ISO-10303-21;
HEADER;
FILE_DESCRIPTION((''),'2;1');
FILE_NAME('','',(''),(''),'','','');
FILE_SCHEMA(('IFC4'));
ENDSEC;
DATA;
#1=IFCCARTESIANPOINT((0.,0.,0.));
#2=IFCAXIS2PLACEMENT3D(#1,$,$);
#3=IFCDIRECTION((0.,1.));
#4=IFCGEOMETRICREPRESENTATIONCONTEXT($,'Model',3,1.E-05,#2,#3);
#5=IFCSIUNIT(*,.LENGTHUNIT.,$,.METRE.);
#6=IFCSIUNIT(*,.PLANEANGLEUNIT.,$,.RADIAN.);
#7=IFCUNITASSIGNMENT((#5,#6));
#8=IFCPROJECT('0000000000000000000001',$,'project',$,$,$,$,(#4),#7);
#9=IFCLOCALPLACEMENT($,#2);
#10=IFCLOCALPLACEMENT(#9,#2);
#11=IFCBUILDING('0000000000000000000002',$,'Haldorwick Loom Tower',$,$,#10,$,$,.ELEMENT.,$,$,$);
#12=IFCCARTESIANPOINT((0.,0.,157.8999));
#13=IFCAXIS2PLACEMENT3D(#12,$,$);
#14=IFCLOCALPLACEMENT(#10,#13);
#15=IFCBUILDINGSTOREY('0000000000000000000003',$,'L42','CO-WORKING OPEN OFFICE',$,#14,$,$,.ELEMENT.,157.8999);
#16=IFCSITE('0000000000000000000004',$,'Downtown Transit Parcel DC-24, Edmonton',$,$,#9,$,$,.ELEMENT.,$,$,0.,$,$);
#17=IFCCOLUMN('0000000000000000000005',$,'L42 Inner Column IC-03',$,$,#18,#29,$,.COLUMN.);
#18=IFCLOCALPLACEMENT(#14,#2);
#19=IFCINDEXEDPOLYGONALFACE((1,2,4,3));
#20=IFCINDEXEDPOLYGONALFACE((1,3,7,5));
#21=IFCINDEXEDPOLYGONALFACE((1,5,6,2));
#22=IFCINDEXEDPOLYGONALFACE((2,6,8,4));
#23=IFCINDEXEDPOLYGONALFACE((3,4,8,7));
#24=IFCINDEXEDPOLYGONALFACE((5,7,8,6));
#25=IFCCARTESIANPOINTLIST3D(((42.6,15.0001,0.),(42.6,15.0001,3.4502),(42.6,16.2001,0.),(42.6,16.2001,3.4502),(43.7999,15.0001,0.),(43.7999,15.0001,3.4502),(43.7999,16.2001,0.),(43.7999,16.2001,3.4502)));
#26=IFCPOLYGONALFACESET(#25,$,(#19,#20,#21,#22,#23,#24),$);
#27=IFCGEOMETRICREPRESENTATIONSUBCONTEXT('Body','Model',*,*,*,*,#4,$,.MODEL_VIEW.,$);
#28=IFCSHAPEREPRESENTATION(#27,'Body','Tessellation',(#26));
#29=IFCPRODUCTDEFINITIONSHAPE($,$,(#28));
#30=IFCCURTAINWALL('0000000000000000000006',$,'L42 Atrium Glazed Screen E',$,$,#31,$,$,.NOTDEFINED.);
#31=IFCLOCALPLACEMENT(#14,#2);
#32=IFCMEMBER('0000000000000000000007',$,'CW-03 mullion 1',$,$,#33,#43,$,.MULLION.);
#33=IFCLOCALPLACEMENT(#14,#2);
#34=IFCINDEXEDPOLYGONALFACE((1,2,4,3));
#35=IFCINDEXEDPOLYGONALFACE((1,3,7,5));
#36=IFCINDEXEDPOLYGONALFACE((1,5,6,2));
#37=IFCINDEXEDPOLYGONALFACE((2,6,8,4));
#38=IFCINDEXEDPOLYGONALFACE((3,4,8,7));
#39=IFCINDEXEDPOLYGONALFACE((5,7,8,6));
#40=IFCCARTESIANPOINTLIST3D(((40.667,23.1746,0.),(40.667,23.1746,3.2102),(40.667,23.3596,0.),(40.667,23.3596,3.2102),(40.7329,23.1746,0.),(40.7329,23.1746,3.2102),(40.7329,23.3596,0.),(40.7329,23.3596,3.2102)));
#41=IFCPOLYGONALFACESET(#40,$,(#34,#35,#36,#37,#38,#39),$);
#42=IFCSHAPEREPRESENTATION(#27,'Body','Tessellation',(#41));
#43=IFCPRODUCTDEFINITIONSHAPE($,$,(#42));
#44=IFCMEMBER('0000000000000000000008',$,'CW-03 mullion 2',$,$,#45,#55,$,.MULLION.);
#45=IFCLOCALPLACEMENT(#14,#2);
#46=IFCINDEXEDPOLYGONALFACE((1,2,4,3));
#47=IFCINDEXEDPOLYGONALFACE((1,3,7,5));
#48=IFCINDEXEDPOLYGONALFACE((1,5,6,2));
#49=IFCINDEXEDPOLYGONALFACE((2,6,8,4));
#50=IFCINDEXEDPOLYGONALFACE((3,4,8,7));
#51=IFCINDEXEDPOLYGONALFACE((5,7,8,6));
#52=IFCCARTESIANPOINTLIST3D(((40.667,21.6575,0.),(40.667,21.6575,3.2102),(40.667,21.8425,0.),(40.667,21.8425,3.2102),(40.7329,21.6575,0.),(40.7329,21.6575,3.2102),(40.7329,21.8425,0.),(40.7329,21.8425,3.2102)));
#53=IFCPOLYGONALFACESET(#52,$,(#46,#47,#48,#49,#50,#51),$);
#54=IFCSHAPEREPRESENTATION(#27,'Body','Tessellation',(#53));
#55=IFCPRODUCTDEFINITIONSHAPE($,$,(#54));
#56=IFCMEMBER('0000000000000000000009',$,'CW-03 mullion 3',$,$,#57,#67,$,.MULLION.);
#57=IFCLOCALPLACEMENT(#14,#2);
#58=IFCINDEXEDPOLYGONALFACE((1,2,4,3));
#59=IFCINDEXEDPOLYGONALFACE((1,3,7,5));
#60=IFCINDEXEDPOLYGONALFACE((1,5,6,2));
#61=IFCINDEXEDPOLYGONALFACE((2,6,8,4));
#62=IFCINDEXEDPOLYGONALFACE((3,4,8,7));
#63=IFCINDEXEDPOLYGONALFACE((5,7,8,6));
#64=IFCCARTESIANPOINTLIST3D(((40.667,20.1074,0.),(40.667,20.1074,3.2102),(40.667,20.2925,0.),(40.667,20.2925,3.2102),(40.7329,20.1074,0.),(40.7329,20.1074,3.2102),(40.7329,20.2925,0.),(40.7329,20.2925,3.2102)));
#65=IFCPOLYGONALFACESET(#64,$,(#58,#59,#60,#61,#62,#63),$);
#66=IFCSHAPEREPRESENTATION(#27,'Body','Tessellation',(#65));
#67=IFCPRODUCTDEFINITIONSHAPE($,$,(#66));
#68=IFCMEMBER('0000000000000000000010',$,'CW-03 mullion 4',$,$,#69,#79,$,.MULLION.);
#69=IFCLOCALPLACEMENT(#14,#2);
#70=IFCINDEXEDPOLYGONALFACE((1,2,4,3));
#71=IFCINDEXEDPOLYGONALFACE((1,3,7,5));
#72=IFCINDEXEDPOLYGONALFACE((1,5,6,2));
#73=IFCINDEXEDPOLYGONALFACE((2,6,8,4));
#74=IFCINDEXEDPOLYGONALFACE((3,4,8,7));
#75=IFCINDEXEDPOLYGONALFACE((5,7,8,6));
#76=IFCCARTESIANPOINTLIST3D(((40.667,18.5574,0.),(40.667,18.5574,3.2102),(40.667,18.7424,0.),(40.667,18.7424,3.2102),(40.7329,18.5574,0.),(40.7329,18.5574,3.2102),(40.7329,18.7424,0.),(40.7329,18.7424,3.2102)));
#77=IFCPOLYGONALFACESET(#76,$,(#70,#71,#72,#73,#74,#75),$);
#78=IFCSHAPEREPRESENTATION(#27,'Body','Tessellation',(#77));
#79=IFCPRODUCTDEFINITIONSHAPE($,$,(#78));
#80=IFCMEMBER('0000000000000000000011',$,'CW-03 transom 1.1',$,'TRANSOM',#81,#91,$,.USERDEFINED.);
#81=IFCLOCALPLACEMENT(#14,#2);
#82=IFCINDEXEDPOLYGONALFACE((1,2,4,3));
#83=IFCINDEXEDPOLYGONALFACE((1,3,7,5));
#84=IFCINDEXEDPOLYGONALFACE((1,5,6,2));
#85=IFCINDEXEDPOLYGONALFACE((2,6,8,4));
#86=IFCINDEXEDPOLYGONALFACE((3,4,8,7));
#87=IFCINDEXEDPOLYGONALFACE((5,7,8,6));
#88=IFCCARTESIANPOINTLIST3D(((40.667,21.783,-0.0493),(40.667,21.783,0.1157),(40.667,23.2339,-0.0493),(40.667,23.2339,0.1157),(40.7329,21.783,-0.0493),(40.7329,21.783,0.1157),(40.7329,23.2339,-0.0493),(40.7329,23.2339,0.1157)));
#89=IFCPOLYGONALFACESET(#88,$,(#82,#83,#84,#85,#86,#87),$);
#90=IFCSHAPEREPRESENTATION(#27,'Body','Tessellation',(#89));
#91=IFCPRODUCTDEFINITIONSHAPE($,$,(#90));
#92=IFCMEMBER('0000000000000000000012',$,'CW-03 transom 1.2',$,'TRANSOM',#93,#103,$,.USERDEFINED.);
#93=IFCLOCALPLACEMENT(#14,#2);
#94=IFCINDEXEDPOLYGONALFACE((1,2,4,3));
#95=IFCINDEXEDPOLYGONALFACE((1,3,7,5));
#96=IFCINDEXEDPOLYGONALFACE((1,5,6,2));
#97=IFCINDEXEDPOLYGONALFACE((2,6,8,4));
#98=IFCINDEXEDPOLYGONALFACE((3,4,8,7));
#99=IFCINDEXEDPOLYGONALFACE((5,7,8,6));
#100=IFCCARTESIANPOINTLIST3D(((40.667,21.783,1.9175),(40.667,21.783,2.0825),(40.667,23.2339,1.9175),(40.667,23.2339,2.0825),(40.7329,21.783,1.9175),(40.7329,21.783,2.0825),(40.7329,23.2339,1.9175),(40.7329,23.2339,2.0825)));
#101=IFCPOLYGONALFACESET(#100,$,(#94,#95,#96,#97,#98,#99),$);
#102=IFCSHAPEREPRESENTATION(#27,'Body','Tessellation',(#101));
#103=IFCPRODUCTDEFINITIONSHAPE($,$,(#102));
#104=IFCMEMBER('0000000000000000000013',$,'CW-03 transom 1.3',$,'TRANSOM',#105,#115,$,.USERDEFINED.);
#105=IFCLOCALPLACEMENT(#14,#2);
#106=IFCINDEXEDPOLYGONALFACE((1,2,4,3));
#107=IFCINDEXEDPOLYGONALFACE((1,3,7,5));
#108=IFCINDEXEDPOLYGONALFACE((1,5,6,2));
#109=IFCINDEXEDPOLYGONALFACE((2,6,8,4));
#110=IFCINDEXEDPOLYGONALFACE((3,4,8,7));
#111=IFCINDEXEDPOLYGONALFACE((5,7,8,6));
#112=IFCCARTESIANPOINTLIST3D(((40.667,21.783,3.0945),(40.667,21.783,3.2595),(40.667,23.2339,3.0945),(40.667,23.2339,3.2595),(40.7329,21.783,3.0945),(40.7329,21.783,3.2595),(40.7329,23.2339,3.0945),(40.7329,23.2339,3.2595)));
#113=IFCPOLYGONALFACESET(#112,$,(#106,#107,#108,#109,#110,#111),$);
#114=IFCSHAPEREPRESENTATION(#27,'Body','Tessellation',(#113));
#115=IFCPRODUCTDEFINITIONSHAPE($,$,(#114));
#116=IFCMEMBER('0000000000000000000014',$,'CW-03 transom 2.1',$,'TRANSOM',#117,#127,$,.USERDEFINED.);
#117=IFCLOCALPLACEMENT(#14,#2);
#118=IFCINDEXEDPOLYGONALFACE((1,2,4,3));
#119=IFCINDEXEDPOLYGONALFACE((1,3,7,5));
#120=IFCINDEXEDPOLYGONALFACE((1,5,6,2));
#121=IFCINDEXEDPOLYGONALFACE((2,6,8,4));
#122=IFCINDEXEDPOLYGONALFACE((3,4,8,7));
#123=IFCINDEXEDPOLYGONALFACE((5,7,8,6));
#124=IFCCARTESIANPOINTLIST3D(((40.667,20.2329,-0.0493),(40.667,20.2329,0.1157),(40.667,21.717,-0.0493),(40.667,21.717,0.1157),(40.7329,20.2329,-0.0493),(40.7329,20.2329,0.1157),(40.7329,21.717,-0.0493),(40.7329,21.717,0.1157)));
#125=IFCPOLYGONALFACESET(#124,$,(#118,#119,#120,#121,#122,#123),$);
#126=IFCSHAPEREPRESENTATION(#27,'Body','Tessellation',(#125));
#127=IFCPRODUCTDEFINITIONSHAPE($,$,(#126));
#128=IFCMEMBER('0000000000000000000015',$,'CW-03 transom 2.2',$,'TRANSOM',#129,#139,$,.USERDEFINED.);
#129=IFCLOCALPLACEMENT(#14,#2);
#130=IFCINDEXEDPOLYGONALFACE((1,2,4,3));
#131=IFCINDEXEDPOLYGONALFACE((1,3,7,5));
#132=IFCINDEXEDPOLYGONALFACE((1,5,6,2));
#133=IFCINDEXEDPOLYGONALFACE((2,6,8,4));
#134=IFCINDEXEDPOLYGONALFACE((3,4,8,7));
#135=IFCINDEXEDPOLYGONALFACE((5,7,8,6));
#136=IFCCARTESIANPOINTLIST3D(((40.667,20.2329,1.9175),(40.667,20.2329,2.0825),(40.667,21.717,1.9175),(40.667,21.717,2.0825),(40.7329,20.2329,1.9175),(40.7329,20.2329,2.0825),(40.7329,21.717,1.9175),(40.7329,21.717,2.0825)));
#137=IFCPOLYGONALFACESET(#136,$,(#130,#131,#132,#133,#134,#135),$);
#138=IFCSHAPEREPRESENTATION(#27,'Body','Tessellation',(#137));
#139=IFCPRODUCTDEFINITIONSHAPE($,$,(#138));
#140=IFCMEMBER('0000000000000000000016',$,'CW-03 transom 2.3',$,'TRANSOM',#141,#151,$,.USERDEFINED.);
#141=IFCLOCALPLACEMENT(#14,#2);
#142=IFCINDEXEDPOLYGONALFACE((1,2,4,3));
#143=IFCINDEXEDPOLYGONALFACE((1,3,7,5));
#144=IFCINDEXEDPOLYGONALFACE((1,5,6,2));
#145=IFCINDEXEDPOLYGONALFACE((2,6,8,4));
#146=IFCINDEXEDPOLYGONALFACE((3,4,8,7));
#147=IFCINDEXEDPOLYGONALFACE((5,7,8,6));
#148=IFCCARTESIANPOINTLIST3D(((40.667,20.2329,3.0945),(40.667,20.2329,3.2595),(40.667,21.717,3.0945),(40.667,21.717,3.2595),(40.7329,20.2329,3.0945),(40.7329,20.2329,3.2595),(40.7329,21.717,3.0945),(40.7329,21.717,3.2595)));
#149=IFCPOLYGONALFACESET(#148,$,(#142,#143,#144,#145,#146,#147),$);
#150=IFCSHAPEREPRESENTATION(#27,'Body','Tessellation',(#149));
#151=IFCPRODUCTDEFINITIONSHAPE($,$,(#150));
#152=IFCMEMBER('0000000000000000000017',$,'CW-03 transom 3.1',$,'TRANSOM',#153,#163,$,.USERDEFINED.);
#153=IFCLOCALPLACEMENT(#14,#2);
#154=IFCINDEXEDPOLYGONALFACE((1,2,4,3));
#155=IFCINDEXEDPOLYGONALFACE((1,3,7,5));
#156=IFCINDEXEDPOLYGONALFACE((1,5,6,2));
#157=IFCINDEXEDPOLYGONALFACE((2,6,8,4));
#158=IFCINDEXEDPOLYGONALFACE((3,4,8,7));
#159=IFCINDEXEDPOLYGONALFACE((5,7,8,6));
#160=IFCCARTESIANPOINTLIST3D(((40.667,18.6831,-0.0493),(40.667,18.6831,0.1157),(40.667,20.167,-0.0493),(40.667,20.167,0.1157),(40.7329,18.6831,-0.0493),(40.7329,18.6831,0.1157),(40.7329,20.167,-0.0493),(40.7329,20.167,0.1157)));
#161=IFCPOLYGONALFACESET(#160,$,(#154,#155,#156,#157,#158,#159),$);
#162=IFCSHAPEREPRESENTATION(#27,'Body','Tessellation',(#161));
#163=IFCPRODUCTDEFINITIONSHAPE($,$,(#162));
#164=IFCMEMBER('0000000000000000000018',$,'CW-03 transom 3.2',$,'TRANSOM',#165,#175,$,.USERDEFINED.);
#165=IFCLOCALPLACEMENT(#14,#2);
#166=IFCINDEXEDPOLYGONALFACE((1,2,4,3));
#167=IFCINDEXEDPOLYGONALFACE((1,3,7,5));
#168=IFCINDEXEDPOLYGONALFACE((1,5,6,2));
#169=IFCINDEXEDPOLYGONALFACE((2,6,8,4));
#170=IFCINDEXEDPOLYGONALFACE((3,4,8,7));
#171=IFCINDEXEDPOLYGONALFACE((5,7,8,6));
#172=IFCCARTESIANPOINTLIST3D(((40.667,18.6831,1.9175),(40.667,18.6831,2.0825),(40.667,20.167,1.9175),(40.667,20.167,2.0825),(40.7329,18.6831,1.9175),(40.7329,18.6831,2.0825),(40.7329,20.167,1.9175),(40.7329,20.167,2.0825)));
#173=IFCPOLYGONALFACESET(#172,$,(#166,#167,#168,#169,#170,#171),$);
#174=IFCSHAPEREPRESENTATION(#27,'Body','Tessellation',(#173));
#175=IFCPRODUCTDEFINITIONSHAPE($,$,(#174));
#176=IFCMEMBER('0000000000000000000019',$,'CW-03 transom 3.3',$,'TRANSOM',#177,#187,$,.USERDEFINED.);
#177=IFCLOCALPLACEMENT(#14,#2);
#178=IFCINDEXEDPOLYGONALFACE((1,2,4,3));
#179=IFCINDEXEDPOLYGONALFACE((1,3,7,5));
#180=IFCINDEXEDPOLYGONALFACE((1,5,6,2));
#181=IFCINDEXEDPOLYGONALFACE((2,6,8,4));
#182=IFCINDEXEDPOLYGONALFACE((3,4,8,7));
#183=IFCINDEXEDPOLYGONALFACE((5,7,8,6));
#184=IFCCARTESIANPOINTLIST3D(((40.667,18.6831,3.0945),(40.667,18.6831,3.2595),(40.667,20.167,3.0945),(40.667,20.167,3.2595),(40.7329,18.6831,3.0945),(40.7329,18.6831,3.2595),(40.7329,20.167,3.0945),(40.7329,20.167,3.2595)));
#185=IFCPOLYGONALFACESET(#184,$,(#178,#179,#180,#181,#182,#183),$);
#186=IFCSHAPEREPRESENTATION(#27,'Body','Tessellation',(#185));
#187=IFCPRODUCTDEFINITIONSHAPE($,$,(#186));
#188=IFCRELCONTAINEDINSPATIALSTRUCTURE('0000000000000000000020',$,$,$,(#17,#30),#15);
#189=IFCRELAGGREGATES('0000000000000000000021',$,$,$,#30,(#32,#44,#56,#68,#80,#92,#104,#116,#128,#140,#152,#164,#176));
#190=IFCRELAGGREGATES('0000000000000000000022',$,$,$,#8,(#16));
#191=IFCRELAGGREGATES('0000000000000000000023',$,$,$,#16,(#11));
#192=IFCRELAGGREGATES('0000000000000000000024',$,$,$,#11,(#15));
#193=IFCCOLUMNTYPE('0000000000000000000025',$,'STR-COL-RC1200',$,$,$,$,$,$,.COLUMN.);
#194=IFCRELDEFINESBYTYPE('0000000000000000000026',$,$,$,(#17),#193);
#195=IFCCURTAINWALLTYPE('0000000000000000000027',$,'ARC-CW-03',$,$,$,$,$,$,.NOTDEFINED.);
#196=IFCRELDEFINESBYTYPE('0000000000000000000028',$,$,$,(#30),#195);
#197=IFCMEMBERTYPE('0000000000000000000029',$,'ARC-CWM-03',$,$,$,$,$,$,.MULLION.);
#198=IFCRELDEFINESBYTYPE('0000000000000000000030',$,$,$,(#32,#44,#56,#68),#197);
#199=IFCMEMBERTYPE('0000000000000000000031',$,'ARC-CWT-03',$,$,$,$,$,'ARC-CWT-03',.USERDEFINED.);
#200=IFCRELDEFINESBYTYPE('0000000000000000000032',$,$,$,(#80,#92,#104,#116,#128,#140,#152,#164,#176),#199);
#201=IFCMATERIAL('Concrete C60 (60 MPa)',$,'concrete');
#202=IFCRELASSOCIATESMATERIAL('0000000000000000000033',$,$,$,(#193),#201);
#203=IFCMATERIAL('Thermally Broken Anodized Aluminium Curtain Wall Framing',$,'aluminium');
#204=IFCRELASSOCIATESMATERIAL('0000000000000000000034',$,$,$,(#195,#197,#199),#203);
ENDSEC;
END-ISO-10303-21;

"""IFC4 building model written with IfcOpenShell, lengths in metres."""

from ifc_helpers import new_model, si_unit, direction, frame, origin, origin_2d, place, context, subcontext, project, spatial, rectangle, extrude, material, material_profile, profile_set, type_object, element, aggregate, save


model = new_model("IFC4")

# Units and contexts
model_context = context("Model", 3, precision=1e-05, world=origin(), true_north=direction((0.0, 1.0)))
body_context = subcontext(model_context, "Body", "Model", "MODEL_VIEW")
ifc_project = project(units=[si_unit("LENGTHUNIT", "METRE"), si_unit("PLANEANGLEUNIT", "RADIAN")], contexts=[model_context])

# Site, building, storey
site_placement = place(None, origin())
site = spatial("IfcSite", under=ifc_project, at=site_placement, Name="Downtown Transit Parcel DC-24, Edmonton", CompositionType="ELEMENT", RefElevation=0.0)
building_placement = place(site_placement, origin())
building = spatial("IfcBuilding", under=site, at=building_placement, Name="Haldorwick Loom Tower", CompositionType="ELEMENT")
storey_placement = place(building_placement, frame((0.0, 0.0, 157.8999)))
storey = spatial("IfcBuildingStorey", under=building, at=storey_placement, Name="L42", Description="CO-WORKING OPEN OFFICE", CompositionType="ELEMENT", Elevation=157.8999)

# Column
ifc_material_1 = material(Name="Concrete C60 (60 MPa)", Category="concrete")
ifc_material_profile_1 = material_profile(ifc_material_1, rectangle(XDim=1.2, YDim=1.2, at=origin_2d()), Name="RC1200X1200", Category="concrete")
ifc_profile_set_1 = profile_set([ifc_material_profile_1], Name="Concrete C60 (60 MPa)")
column_type = type_object("IfcColumnType", Name="STR-COL-RC1200", PredefinedType="COLUMN", material=ifc_profile_set_1)
column_placement = place(storey_placement, frame((43.2, 15.6001, 0.0), z_axis=(0.0, 0.0, 1.0), x_axis=(1.0, 0.0, 0.0)))
element("IfcColumn", 1, at=column_placement, inside=storey, type_object=column_type, Name="L42 Inner Column IC-03", PredefinedType="COLUMN", context=body_context, shape_type="SweptSolid", body=[
    extrude(rectangle(XDim=1.2, YDim=1.2, at=origin_2d()), origin(), (0.0, 0.0, 1.0), 3.4502),
])

# Curtain wall, members
ifc_material_2 = material(Name="Thermally Broken Anodized Aluminium Curtain Wall Framing", Category="aluminium")
curtain_wall_type = type_object("IfcCurtainWallType", Name="ARC-CW-03", PredefinedType="NOTDEFINED", material=ifc_material_2)
curtain_wall_placement = place(storey_placement, origin())
curtain_wall = element("IfcCurtainWall", 2, at=curtain_wall_placement, inside=storey, type_object=curtain_wall_type, Name="L42 Atrium Glazed Screen E", PredefinedType="NOTDEFINED")
ifc_material_profile_2 = material_profile(ifc_material_2, rectangle(XDim=0.0659, YDim=0.1851, at=origin_2d()), Name="ALU_MUL_66X185", Category="aluminium")
ifc_profile_set_2 = profile_set([ifc_material_profile_2], Name="Thermally Broken Anodized Aluminium Curtain Wall Framing")
member_type_1 = type_object("IfcMemberType", Name="ARC-CWM-03", PredefinedType="MULLION", material=ifc_profile_set_2)
member_1_placement = place(storey_placement, frame((40.7, 23.2671, 0.0), z_axis=(0.0, 0.0, 1.0), x_axis=(1.0, 0.0, 0.0)))
member_1 = element("IfcMember", 3, at=member_1_placement, type_object=member_type_1, Name="CW-03 mullion 1", PredefinedType="MULLION", context=body_context, shape_type="SweptSolid", body=[
    extrude(rectangle(XDim=0.0659, YDim=0.1851, at=origin_2d()), origin(), (0.0, 0.0, 1.0), 3.2102),
])
member_2_placement = place(storey_placement, frame((40.7, 21.75, 0.0), z_axis=(0.0, 0.0, 1.0), x_axis=(1.0, 0.0, 0.0)))
member_2 = element("IfcMember", 4, at=member_2_placement, type_object=member_type_1, Name="CW-03 mullion 2", PredefinedType="MULLION", context=body_context, shape_type="SweptSolid", body=[
    extrude(rectangle(XDim=0.0659, YDim=0.1851, at=origin_2d()), origin(), (0.0, 0.0, 1.0), 3.2102),
])
member_3_placement = place(storey_placement, frame((40.7, 20.2, 0.0), z_axis=(0.0, 0.0, 1.0), x_axis=(1.0, 0.0, 0.0)))
member_3 = element("IfcMember", 5, at=member_3_placement, type_object=member_type_1, Name="CW-03 mullion 3", PredefinedType="MULLION", context=body_context, shape_type="SweptSolid", body=[
    extrude(rectangle(XDim=0.0659, YDim=0.1851, at=origin_2d()), origin(), (0.0, 0.0, 1.0), 3.2102),
])
member_4_placement = place(storey_placement, frame((40.7, 18.6499, 0.0), z_axis=(0.0, 0.0, 1.0), x_axis=(1.0, 0.0, 0.0)))
member_4 = element("IfcMember", 6, at=member_4_placement, type_object=member_type_1, Name="CW-03 mullion 4", PredefinedType="MULLION", context=body_context, shape_type="SweptSolid", body=[
    extrude(rectangle(XDim=0.0659, YDim=0.1851, at=origin_2d()), origin(), (0.0, 0.0, 1.0), 3.2102),
])
ifc_material_profile_3 = material_profile(ifc_material_2, rectangle(XDim=0.0659, YDim=0.165, at=origin_2d()), Name="ALU_TRN_66X165", Category="aluminium")
ifc_profile_set_3 = profile_set([ifc_material_profile_3], Name="Thermally Broken Anodized Aluminium Curtain Wall Framing")
member_type_2 = type_object("IfcMemberType", Name="ARC-CWT-03", ElementType="ARC-CWT-03", PredefinedType="USERDEFINED", material=ifc_profile_set_3)
member_5_placement = place(storey_placement, frame((40.7, 23.2339, 0.0332), z_axis=(0.0, -1.0, 0.0), x_axis=(1.0, 0.0, 0.0)))
member_5 = element("IfcMember", 7, at=member_5_placement, type_object=member_type_2, Name="CW-03 transom 1.1", ObjectType="TRANSOM", PredefinedType="USERDEFINED", context=body_context, shape_type="SweptSolid", body=[
    extrude(rectangle(XDim=0.0659, YDim=0.165, at=origin_2d()), origin(), (0.0, 0.0, 1.0), 1.4509),
])
member_6_placement = place(storey_placement, frame((40.7, 23.2339, 2.0), z_axis=(0.0, -1.0, 0.0), x_axis=(1.0, 0.0, 0.0)))
member_6 = element("IfcMember", 8, at=member_6_placement, type_object=member_type_2, Name="CW-03 transom 1.2", ObjectType="TRANSOM", PredefinedType="USERDEFINED", context=body_context, shape_type="SweptSolid", body=[
    extrude(rectangle(XDim=0.0659, YDim=0.165, at=origin_2d()), origin(), (0.0, 0.0, 1.0), 1.4509),
])
member_7_placement = place(storey_placement, frame((40.7, 23.2339, 3.177), z_axis=(0.0, -1.0, 0.0), x_axis=(1.0, 0.0, 0.0)))
member_7 = element("IfcMember", 9, at=member_7_placement, type_object=member_type_2, Name="CW-03 transom 1.3", ObjectType="TRANSOM", PredefinedType="USERDEFINED", context=body_context, shape_type="SweptSolid", body=[
    extrude(rectangle(XDim=0.0659, YDim=0.165, at=origin_2d()), origin(), (0.0, 0.0, 1.0), 1.4509),
])
member_8_placement = place(storey_placement, frame((40.7, 21.717, 0.0332), z_axis=(0.0, -1.0, 0.0), x_axis=(1.0, 0.0, 0.0)))
member_8 = element("IfcMember", 10, at=member_8_placement, type_object=member_type_2, Name="CW-03 transom 2.1", ObjectType="TRANSOM", PredefinedType="USERDEFINED", context=body_context, shape_type="SweptSolid", body=[
    extrude(rectangle(XDim=0.0659, YDim=0.165, at=origin_2d()), origin(), (0.0, 0.0, 1.0), 1.4841),
])
member_9_placement = place(storey_placement, frame((40.7, 21.717, 2.0), z_axis=(0.0, -1.0, 0.0), x_axis=(1.0, 0.0, 0.0)))
member_9 = element("IfcMember", 11, at=member_9_placement, type_object=member_type_2, Name="CW-03 transom 2.2", ObjectType="TRANSOM", PredefinedType="USERDEFINED", context=body_context, shape_type="SweptSolid", body=[
    extrude(rectangle(XDim=0.0659, YDim=0.165, at=origin_2d()), origin(), (0.0, 0.0, 1.0), 1.4841),
])
member_10_placement = place(storey_placement, frame((40.7, 21.717, 3.177), z_axis=(0.0, -1.0, 0.0), x_axis=(1.0, 0.0, 0.0)))
member_10 = element("IfcMember", 12, at=member_10_placement, type_object=member_type_2, Name="CW-03 transom 2.3", ObjectType="TRANSOM", PredefinedType="USERDEFINED", context=body_context, shape_type="SweptSolid", body=[
    extrude(rectangle(XDim=0.0659, YDim=0.165, at=origin_2d()), origin(), (0.0, 0.0, 1.0), 1.4841),
])
member_11_placement = place(storey_placement, frame((40.7, 20.167, 0.0332), z_axis=(0.0, -1.0, 0.0), x_axis=(1.0, 0.0, 0.0)))
member_11 = element("IfcMember", 13, at=member_11_placement, type_object=member_type_2, Name="CW-03 transom 3.1", ObjectType="TRANSOM", PredefinedType="USERDEFINED", context=body_context, shape_type="SweptSolid", body=[
    extrude(rectangle(XDim=0.0659, YDim=0.165, at=origin_2d()), origin(), (0.0, 0.0, 1.0), 1.4839),
])
member_12_placement = place(storey_placement, frame((40.7, 20.167, 2.0), z_axis=(0.0, -1.0, 0.0), x_axis=(1.0, 0.0, 0.0)))
member_12 = element("IfcMember", 14, at=member_12_placement, type_object=member_type_2, Name="CW-03 transom 3.2", ObjectType="TRANSOM", PredefinedType="USERDEFINED", context=body_context, shape_type="SweptSolid", body=[
    extrude(rectangle(XDim=0.0659, YDim=0.165, at=origin_2d()), origin(), (0.0, 0.0, 1.0), 1.4839),
])
member_13_placement = place(storey_placement, frame((40.7, 20.167, 3.177), z_axis=(0.0, -1.0, 0.0), x_axis=(1.0, 0.0, 0.0)))
member_13 = element("IfcMember", 15, at=member_13_placement, type_object=member_type_2, Name="CW-03 transom 3.3", ObjectType="TRANSOM", PredefinedType="USERDEFINED", context=body_context, shape_type="SweptSolid", body=[
    extrude(rectangle(XDim=0.0659, YDim=0.165, at=origin_2d()), origin(), (0.0, 0.0, 1.0), 1.4839),
])

aggregate(curtain_wall, [member_1, member_2, member_3, member_4, member_5, member_6, member_7, member_8, member_9, member_10, member_11, member_12, member_13])

save(model, "model.ifc")
